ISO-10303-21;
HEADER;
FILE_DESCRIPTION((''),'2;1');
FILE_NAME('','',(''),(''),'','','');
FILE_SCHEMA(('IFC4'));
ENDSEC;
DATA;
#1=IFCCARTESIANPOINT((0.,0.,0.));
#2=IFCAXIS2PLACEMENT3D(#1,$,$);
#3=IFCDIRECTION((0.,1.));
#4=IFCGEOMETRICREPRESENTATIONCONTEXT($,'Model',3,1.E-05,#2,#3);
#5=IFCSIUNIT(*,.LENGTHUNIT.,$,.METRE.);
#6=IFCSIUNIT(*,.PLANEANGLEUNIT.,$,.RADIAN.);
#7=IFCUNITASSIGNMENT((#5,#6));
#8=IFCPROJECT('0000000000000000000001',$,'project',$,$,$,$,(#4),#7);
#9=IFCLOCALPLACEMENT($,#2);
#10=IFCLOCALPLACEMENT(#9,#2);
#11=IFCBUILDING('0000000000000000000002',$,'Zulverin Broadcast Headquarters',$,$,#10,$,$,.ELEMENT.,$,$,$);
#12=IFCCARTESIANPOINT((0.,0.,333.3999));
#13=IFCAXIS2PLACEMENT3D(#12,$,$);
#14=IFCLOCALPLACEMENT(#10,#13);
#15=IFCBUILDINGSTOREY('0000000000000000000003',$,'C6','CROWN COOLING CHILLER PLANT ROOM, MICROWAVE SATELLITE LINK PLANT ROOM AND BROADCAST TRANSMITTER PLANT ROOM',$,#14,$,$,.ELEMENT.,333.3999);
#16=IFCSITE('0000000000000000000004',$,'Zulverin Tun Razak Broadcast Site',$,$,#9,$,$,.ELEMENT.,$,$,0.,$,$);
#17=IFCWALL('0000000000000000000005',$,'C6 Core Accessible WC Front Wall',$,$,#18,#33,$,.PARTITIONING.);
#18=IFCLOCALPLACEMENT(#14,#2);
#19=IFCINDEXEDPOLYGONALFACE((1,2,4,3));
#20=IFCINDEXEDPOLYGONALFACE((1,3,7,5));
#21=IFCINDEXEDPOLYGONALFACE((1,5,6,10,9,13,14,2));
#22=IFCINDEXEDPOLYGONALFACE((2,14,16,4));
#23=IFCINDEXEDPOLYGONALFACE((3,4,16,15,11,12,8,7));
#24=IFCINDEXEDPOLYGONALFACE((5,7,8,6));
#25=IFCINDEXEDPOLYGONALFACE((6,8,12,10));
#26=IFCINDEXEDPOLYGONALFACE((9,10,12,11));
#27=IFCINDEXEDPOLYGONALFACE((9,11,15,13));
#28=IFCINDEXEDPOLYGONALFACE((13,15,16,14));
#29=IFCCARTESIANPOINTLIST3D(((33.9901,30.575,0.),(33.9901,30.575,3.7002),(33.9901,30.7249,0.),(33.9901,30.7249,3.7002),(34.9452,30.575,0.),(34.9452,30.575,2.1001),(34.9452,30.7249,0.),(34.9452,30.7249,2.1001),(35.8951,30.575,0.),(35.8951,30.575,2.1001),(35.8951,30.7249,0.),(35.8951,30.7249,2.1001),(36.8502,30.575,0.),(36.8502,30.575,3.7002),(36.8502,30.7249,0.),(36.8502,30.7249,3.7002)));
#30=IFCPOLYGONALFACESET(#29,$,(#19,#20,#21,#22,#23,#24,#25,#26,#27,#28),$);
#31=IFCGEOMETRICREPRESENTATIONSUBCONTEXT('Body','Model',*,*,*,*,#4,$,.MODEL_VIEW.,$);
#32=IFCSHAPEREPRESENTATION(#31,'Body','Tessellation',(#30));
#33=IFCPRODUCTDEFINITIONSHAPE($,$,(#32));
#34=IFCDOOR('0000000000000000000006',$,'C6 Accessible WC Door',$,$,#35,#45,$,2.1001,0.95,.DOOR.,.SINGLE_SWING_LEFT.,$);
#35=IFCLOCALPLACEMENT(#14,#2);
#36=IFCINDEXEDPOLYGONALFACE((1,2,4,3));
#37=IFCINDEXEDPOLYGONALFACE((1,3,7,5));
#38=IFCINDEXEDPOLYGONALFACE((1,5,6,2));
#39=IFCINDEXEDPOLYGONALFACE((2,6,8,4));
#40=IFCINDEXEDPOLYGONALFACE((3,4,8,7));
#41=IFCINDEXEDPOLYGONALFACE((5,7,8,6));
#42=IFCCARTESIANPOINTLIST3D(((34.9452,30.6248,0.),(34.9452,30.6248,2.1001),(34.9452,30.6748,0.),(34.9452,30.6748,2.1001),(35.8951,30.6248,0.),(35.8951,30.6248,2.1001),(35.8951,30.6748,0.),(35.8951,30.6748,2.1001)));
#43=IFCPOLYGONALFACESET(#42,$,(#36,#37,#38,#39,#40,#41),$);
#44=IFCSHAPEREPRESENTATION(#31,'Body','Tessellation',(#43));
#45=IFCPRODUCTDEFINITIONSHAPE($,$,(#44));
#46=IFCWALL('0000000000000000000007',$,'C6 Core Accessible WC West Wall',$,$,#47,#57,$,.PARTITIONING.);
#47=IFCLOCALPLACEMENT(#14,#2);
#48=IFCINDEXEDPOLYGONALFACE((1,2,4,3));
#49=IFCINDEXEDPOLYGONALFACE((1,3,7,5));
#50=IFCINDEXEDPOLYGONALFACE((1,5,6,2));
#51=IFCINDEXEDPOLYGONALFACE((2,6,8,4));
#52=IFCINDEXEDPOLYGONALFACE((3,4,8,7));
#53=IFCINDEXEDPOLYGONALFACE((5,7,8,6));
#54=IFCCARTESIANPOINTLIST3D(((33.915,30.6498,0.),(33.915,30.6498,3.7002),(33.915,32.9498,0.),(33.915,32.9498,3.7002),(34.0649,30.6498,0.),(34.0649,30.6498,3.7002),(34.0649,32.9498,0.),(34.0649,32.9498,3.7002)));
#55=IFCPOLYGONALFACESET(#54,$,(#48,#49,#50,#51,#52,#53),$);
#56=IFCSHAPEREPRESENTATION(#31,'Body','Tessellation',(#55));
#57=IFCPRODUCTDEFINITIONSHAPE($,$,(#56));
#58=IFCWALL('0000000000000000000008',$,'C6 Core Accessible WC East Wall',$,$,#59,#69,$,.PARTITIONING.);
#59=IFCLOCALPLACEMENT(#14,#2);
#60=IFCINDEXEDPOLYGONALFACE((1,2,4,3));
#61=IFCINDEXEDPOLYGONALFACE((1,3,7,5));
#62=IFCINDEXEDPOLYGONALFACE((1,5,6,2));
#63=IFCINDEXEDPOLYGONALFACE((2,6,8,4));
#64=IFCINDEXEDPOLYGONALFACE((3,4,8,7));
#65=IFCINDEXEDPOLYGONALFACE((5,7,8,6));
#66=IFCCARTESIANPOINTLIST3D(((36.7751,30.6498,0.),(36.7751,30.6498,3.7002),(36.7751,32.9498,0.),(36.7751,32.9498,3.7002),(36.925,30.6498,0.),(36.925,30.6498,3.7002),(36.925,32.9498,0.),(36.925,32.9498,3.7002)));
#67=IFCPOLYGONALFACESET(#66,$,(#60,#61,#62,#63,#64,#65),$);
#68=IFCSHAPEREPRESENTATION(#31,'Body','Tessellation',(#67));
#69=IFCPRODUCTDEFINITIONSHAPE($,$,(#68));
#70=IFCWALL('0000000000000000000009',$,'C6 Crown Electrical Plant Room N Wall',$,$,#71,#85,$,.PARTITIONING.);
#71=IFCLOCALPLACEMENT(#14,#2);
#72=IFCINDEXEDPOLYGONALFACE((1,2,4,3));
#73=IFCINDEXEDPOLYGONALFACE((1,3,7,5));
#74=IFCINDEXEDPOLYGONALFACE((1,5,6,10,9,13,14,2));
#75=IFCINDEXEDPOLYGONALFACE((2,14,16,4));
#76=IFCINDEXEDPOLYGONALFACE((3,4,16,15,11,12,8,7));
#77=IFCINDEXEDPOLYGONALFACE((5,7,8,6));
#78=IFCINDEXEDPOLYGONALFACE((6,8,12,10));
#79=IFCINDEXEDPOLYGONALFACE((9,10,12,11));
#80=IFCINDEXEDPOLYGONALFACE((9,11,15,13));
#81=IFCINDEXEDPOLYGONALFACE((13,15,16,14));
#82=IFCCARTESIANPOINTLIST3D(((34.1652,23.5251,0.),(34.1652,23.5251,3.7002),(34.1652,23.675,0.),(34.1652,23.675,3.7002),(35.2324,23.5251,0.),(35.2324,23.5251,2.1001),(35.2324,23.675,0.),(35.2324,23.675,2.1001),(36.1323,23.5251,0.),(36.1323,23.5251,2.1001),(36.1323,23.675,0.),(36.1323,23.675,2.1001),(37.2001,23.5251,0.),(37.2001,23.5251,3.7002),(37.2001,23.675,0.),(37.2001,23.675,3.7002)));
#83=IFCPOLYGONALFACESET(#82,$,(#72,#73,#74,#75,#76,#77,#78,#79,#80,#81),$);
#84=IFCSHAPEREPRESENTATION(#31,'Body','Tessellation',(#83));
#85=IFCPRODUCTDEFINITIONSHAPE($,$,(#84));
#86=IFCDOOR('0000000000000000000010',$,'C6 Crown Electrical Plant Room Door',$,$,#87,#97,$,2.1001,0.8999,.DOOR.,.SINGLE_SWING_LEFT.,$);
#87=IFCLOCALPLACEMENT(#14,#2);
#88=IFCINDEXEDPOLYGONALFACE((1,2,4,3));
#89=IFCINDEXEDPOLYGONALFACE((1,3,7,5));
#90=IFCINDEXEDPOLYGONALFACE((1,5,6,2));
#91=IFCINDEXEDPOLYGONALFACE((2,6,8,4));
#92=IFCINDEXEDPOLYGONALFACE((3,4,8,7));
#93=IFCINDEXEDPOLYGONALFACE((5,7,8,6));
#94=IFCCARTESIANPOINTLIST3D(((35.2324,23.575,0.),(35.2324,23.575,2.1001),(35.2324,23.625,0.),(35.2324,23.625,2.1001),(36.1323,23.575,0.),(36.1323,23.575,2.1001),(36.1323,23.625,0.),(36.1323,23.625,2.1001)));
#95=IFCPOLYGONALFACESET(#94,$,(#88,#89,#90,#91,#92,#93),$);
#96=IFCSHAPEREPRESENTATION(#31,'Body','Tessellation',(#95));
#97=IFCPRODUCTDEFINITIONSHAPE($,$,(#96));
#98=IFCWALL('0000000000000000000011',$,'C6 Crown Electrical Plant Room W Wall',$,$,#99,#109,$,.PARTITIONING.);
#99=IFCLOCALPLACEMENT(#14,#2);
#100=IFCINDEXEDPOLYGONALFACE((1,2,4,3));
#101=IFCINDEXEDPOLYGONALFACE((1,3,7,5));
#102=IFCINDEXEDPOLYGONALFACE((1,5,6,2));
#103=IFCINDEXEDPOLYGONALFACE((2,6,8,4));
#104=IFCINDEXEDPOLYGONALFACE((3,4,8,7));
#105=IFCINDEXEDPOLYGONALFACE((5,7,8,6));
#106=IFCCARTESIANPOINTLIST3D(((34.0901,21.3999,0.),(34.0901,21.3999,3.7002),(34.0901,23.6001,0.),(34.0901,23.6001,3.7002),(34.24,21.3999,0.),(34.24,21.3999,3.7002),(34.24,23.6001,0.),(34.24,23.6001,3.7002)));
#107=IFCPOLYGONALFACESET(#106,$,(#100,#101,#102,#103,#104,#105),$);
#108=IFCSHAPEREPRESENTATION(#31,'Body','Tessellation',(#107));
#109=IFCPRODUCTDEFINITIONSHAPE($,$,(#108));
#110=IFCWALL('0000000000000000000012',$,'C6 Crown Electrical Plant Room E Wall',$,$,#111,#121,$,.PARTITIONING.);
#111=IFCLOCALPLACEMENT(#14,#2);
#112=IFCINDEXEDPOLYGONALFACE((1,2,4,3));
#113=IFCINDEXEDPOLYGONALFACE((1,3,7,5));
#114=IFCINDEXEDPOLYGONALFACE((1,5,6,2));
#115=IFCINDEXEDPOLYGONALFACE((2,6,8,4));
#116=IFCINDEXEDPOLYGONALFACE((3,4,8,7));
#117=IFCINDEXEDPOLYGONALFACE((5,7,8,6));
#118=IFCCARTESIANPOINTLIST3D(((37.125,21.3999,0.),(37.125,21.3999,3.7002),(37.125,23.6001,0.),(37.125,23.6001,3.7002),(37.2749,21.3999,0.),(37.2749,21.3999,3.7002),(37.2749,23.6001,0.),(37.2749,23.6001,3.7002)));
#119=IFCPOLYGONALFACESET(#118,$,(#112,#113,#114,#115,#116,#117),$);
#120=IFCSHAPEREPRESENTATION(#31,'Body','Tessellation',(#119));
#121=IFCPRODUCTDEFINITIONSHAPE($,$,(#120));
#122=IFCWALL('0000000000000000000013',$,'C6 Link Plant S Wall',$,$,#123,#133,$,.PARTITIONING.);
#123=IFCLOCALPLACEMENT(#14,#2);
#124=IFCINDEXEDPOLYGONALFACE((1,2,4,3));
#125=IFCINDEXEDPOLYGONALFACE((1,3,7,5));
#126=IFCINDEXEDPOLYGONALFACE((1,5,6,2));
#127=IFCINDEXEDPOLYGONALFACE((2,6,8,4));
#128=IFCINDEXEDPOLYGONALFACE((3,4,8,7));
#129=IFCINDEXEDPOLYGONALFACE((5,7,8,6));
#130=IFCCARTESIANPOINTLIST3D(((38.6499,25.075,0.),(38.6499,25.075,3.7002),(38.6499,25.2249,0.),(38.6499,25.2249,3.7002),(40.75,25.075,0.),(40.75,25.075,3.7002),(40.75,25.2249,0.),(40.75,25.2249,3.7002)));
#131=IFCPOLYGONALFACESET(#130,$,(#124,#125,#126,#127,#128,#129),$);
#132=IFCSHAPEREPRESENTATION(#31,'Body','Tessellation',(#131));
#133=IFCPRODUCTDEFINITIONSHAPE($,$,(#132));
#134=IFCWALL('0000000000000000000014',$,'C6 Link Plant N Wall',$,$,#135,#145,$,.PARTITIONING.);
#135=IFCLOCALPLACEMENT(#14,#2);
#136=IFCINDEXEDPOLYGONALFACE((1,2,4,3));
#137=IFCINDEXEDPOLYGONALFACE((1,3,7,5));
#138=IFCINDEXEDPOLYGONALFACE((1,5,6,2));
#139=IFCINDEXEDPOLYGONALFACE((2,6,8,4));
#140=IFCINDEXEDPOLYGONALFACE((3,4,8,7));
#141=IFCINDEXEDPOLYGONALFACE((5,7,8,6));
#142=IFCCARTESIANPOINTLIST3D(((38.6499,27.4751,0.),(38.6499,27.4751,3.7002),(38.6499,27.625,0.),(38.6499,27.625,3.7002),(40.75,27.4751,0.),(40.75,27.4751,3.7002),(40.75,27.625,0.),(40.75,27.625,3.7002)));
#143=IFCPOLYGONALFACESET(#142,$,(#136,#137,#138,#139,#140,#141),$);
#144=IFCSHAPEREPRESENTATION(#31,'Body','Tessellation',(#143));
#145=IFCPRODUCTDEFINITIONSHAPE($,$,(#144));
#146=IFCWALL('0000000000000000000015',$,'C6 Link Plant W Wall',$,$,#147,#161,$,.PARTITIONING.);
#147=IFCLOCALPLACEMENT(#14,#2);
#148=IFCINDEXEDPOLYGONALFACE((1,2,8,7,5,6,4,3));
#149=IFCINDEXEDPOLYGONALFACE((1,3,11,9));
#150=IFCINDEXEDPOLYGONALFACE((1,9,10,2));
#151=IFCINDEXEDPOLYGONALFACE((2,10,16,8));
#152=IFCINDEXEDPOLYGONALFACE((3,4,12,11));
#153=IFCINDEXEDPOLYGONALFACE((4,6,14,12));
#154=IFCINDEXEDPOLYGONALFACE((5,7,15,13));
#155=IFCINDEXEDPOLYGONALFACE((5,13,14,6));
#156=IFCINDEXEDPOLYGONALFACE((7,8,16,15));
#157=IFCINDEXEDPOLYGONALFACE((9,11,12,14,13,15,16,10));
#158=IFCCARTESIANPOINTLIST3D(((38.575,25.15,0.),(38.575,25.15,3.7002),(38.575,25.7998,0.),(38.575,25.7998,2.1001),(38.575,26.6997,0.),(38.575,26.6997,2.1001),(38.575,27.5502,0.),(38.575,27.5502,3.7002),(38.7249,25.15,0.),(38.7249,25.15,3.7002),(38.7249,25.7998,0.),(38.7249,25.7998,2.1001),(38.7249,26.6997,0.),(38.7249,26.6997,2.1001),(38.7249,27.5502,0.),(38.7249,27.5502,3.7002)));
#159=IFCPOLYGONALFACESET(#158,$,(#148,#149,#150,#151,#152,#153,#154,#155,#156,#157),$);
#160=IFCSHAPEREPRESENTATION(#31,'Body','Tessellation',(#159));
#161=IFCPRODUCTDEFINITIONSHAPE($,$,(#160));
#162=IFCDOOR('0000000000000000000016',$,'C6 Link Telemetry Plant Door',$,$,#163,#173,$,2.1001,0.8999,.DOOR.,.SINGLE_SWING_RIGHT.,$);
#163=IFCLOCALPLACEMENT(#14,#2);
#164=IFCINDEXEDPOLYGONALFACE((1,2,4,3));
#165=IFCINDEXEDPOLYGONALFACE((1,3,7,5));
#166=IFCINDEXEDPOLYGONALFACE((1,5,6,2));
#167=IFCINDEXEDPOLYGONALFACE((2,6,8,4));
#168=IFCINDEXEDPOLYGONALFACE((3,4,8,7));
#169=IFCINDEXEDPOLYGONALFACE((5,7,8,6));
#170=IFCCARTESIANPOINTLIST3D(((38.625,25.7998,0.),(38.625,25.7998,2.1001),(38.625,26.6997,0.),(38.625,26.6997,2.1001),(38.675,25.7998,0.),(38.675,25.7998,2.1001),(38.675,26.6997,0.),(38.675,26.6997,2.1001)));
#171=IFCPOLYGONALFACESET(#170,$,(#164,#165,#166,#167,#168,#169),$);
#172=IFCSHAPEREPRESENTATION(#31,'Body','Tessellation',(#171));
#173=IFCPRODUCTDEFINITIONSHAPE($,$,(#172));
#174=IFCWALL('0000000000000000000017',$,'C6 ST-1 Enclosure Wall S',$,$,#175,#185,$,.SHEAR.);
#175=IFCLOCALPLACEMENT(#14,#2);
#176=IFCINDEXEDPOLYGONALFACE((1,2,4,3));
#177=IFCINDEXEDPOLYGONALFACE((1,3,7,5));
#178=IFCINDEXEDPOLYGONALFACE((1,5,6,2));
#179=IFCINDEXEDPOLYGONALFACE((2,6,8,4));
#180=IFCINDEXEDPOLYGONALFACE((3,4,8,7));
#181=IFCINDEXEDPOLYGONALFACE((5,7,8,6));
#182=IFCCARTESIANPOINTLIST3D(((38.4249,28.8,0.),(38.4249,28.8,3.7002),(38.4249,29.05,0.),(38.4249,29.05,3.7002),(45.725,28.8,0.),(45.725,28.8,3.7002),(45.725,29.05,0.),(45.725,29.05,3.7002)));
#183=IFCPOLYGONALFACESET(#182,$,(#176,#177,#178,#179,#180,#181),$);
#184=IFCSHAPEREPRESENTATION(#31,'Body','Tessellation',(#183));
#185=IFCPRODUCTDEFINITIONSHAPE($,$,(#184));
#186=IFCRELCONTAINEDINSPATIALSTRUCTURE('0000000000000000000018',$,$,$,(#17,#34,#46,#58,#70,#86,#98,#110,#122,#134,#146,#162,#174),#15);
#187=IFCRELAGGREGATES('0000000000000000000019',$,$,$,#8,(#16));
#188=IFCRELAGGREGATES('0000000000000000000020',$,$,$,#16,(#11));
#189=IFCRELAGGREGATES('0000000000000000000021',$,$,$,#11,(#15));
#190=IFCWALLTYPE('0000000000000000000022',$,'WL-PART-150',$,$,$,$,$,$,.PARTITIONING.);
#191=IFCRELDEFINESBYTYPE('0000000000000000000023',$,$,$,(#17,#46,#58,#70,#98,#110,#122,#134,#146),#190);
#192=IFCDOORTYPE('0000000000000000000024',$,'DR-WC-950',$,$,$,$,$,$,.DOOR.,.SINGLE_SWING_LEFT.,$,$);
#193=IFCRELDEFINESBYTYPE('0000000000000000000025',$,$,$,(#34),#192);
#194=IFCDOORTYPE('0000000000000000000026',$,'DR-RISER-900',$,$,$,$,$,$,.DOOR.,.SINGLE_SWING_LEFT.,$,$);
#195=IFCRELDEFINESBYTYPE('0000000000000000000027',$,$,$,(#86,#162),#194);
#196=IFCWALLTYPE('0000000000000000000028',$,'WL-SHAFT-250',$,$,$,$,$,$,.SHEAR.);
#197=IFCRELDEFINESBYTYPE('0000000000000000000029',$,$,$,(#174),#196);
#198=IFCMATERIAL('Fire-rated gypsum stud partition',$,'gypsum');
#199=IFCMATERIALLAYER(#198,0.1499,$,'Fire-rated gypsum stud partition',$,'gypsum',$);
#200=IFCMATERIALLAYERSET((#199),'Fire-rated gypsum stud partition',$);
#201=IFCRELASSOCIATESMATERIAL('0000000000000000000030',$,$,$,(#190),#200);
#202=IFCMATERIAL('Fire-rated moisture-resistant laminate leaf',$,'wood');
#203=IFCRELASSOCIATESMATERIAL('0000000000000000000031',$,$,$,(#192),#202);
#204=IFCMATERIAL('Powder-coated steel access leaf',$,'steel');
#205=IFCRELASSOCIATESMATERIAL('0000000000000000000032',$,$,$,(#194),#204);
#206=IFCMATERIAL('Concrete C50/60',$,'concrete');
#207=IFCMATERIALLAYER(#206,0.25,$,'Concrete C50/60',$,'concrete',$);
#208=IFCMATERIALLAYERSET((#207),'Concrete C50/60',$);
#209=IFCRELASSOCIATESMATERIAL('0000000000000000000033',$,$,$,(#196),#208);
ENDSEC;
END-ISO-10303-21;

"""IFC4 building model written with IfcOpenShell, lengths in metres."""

from ifc_helpers import new_model, si_unit, direction, frame, frame_2d, origin, place, context, subcontext, project, spatial, rectangle, extrude, material, layer, layer_set, type_object, element, fill, save


model = new_model("IFC4")

# Units and contexts
model_context = context("Model", 3, precision=1e-05, world=origin(), true_north=direction((0.0, 1.0)))
body_context = subcontext(model_context, "Body", "Model", "MODEL_VIEW")
ifc_project = project(units=[si_unit("LENGTHUNIT", "METRE"), si_unit("PLANEANGLEUNIT", "RADIAN")], contexts=[model_context])

# Site, building, storey
site_placement = place(None, origin())
site = spatial("IfcSite", under=ifc_project, at=site_placement, Name="Zulverin Tun Razak Broadcast Site", CompositionType="ELEMENT", RefElevation=0.0)
building_placement = place(site_placement, origin())
building = spatial("IfcBuilding", under=site, at=building_placement, Name="Zulverin Broadcast Headquarters", CompositionType="ELEMENT")
storey_placement = place(building_placement, frame((0.0, 0.0, 333.3999)))
storey = spatial("IfcBuildingStorey", under=building, at=storey_placement, Name="C6", Description="CROWN COOLING CHILLER PLANT ROOM, MICROWAVE SATELLITE LINK PLANT ROOM AND BROADCAST TRANSMITTER PLANT ROOM", CompositionType="ELEMENT", Elevation=333.3999)

# Wall, opening, door
ifc_material_1 = material(Name="Fire-rated gypsum stud partition", Category="gypsum")
ifc_layer_1 = layer(ifc_material_1, 0.1499, Name="Fire-rated gypsum stud partition", Category="gypsum")
ifc_layer_set_1 = layer_set([ifc_layer_1], Name="Fire-rated gypsum stud partition")
wall_type_1 = type_object("IfcWallType", Name="WL-PART-150", PredefinedType="PARTITIONING", material=ifc_layer_set_1)
wall_1_placement = place(storey_placement, frame((33.99, 30.6499, 0.0), z_axis=(0.0, 0.0, 1.0), x_axis=(1.0, 0.0, 0.0)))
wall_1 = element("IfcWall", 1, at=wall_1_placement, inside=storey, type_object=wall_type_1, Name="C6 Core Accessible WC Front Wall", PredefinedType="PARTITIONING", context=body_context, shape_type="SweptSolid", body=[
    extrude(rectangle(XDim=2.8601, YDim=0.1499, at=frame_2d((1.4302, 0.0))), origin(), (0.0, 0.0, 1.0), 3.7002),
])
opening_1_placement = place(wall_1_placement, frame((0.9551, 0.0, 0.0)))
opening_1 = element("IfcOpeningElement", 2, at=opening_1_placement, cuts=wall_1, PredefinedType="OPENING", context=body_context, shape_type="SweptSolid", body=[
    extrude(rectangle(XDim=0.95, YDim=2.1001, at=frame_2d((0.4751, 1.05))), frame((0.0, 0.085, 0.0), z_axis=(0.0, -1.0, 0.0), x_axis=(1.0, 0.0, 0.0)), (0.0, 0.0, 1.0), 0.1699),
])
ifc_material_2 = material(Name="Fire-rated moisture-resistant laminate leaf", Category="wood")
door_type_1 = type_object("IfcDoorType", Name="DR-WC-950", OperationType="SINGLE_SWING_LEFT", PredefinedType="DOOR", material=ifc_material_2)
door_1_placement = place(opening_1_placement, origin())
door_1 = element("IfcDoor", 3, at=door_1_placement, inside=storey, type_object=door_type_1, Name="C6 Accessible WC Door", OperationType="SINGLE_SWING_LEFT", OverallHeight=2.1001, OverallWidth=0.95, PredefinedType="DOOR", context=body_context, shape_type="SweptSolid", body=[
    extrude(rectangle(XDim=0.95, YDim=2.1001, at=frame_2d((0.4751, 1.05))), frame((0.0, 0.0249, 0.0), z_axis=(0.0, -1.0, 0.0), x_axis=(1.0, 0.0, 0.0)), (0.0, 0.0, 1.0), 0.05),
])
fill(opening_1, door_1)

# Walls
for number, where, z_axis, x_axis, name in (
    (4, (33.99, 30.6499, 0.0), (0.0, 0.0, 1.0), (0.0, 1.0, 0.0), "C6 Core Accessible WC West Wall"),
    (5, (36.8501, 30.6499, 0.0), (0.0, 0.0, 1.0), (0.0, 1.0, 0.0), "C6 Core Accessible WC East Wall"),
):
    element("IfcWall", number, at=place(storey_placement, frame(where, z_axis=z_axis, x_axis=x_axis)), inside=storey, type_object=wall_type_1, Name=name, PredefinedType="PARTITIONING", context=body_context, shape_type="SweptSolid", body=[
        extrude(rectangle(XDim=2.3, YDim=0.1499, at=frame_2d((1.1499, 0.0))), origin(), (0.0, 0.0, 1.0), 3.7002),
    ])

# Wall, opening, door
wall_2_placement = place(storey_placement, frame((34.165, 23.6001, 0.0), z_axis=(0.0, 0.0, 1.0), x_axis=(1.0, 0.0, 0.0)))
wall_2 = element("IfcWall", 6, at=wall_2_placement, inside=storey, type_object=wall_type_1, Name="C6 Crown Electrical Plant Room N Wall", PredefinedType="PARTITIONING", context=body_context, shape_type="SweptSolid", body=[
    extrude(rectangle(XDim=3.0349, YDim=0.1499, at=frame_2d((1.5176, 0.0))), origin(), (0.0, 0.0, 1.0), 3.7002),
])
opening_2_placement = place(wall_2_placement, frame((1.0674, 0.0, 0.0)))
opening_2 = element("IfcOpeningElement", 7, at=opening_2_placement, cuts=wall_2, PredefinedType="OPENING", context=body_context, shape_type="SweptSolid", body=[
    extrude(rectangle(XDim=0.8999, YDim=2.1001, at=frame_2d((0.45, 1.05))), frame((0.0, 0.085, 0.0), z_axis=(0.0, -1.0, 0.0), x_axis=(1.0, 0.0, 0.0)), (0.0, 0.0, 1.0), 0.1699),
])
ifc_material_3 = material(Name="Powder-coated steel access leaf", Category="steel")
door_type_2 = type_object("IfcDoorType", Name="DR-RISER-900", OperationType="SINGLE_SWING_LEFT", PredefinedType="DOOR", material=ifc_material_3)
door_2_placement = place(opening_2_placement, origin())
door_2 = element("IfcDoor", 8, at=door_2_placement, inside=storey, type_object=door_type_2, Name="C6 Crown Electrical Plant Room Door", OperationType="SINGLE_SWING_LEFT", OverallHeight=2.1001, OverallWidth=0.8999, PredefinedType="DOOR", context=body_context, shape_type="SweptSolid", body=[
    extrude(rectangle(XDim=0.8999, YDim=2.1001, at=frame_2d((0.45, 1.05))), frame((0.0, 0.0249, 0.0), z_axis=(0.0, -1.0, 0.0), x_axis=(1.0, 0.0, 0.0)), (0.0, 0.0, 1.0), 0.05),
])
fill(opening_2, door_2)

# Walls
for number, where, z_axis, x_axis, name in (
    (9, (34.165, 21.3999, 0.0), (0.0, 0.0, 1.0), (0.0, 1.0, 0.0), "C6 Crown Electrical Plant Room W Wall"),
    (10, (37.2, 21.3999, 0.0), (0.0, 0.0, 1.0), (0.0, 1.0, 0.0), "C6 Crown Electrical Plant Room E Wall"),
):
    element("IfcWall", number, at=place(storey_placement, frame(where, z_axis=z_axis, x_axis=x_axis)), inside=storey, type_object=wall_type_1, Name=name, PredefinedType="PARTITIONING", context=body_context, shape_type="SweptSolid", body=[
        extrude(rectangle(XDim=2.2002, YDim=0.1499, at=frame_2d((1.1001, 0.0))), origin(), (0.0, 0.0, 1.0), 3.7002),
    ])
for number, where, z_axis, x_axis, name in (
    (11, (38.6499, 25.1499, 0.0), (0.0, 0.0, 1.0), (1.0, 0.0, 0.0), "C6 Link Plant S Wall"),
    (12, (38.6499, 27.55, 0.0), (0.0, 0.0, 1.0), (1.0, 0.0, 0.0), "C6 Link Plant N Wall"),
):
    element("IfcWall", number, at=place(storey_placement, frame(where, z_axis=z_axis, x_axis=x_axis)), inside=storey, type_object=wall_type_1, Name=name, PredefinedType="PARTITIONING", context=body_context, shape_type="SweptSolid", body=[
        extrude(rectangle(XDim=2.1001, YDim=0.1499, at=frame_2d((1.05, 0.0))), origin(), (0.0, 0.0, 1.0), 3.7002),
    ])

# Wall, opening, door
wall_3_placement = place(storey_placement, frame((38.6499, 25.1499, 0.0), z_axis=(0.0, 0.0, 1.0), x_axis=(0.0, 1.0, 0.0)))
wall_3 = element("IfcWall", 13, at=wall_3_placement, inside=storey, type_object=wall_type_1, Name="C6 Link Plant W Wall", PredefinedType="PARTITIONING", context=body_context, shape_type="SweptSolid", body=[
    extrude(rectangle(XDim=2.4001, YDim=0.1499, at=frame_2d((1.2002, 0.0))), origin(), (0.0, 0.0, 1.0), 3.7002),
])
opening_3_placement = place(wall_3_placement, frame((0.6499, 0.0, 0.0)))
opening_3 = element("IfcOpeningElement", 14, at=opening_3_placement, cuts=wall_3, PredefinedType="OPENING", context=body_context, shape_type="SweptSolid", body=[
    extrude(rectangle(XDim=0.8999, YDim=2.1001, at=frame_2d((0.45, 1.05))), frame((0.0, 0.085, 0.0), z_axis=(0.0, -1.0, 0.0), x_axis=(1.0, 0.0, 0.0)), (0.0, 0.0, 1.0), 0.1699),
])
door_3_placement = place(opening_3_placement, origin())
door_3 = element("IfcDoor", 15, at=door_3_placement, inside=storey, type_object=door_type_2, Name="C6 Link Telemetry Plant Door", OperationType="SINGLE_SWING_RIGHT", OverallHeight=2.1001, OverallWidth=0.8999, PredefinedType="DOOR", context=body_context, shape_type="SweptSolid", body=[
    extrude(rectangle(XDim=0.8999, YDim=2.1001, at=frame_2d((0.45, 1.05))), frame((0.0, 0.0249, 0.0), z_axis=(0.0, -1.0, 0.0), x_axis=(1.0, 0.0, 0.0)), (0.0, 0.0, 1.0), 0.05),
])
fill(opening_3, door_3)

# Wall
ifc_material_4 = material(Name="Concrete C50/60", Category="concrete")
ifc_layer_2 = layer(ifc_material_4, 0.25, Name="Concrete C50/60", Category="concrete")
ifc_layer_set_2 = layer_set([ifc_layer_2], Name="Concrete C50/60")
wall_type_2 = type_object("IfcWallType", Name="WL-SHAFT-250", PredefinedType="SHEAR", material=ifc_layer_set_2)
for number, where, z_axis, x_axis, name in (
    (16, (38.425, 28.925, 0.0), (0.0, 0.0, 1.0), (1.0, 0.0, 0.0), "C6 ST-1 Enclosure Wall S"),
):
    element("IfcWall", number, at=place(storey_placement, frame(where, z_axis=z_axis, x_axis=x_axis)), inside=storey, type_object=wall_type_2, Name=name, PredefinedType="SHEAR", context=body_context, shape_type="SweptSolid", body=[
        extrude(rectangle(XDim=7.3, YDim=0.25, at=frame_2d((3.6499, 0.0))), origin(), (0.0, 0.0, 1.0), 3.7002),
    ])

save(model, "model.ifc")
